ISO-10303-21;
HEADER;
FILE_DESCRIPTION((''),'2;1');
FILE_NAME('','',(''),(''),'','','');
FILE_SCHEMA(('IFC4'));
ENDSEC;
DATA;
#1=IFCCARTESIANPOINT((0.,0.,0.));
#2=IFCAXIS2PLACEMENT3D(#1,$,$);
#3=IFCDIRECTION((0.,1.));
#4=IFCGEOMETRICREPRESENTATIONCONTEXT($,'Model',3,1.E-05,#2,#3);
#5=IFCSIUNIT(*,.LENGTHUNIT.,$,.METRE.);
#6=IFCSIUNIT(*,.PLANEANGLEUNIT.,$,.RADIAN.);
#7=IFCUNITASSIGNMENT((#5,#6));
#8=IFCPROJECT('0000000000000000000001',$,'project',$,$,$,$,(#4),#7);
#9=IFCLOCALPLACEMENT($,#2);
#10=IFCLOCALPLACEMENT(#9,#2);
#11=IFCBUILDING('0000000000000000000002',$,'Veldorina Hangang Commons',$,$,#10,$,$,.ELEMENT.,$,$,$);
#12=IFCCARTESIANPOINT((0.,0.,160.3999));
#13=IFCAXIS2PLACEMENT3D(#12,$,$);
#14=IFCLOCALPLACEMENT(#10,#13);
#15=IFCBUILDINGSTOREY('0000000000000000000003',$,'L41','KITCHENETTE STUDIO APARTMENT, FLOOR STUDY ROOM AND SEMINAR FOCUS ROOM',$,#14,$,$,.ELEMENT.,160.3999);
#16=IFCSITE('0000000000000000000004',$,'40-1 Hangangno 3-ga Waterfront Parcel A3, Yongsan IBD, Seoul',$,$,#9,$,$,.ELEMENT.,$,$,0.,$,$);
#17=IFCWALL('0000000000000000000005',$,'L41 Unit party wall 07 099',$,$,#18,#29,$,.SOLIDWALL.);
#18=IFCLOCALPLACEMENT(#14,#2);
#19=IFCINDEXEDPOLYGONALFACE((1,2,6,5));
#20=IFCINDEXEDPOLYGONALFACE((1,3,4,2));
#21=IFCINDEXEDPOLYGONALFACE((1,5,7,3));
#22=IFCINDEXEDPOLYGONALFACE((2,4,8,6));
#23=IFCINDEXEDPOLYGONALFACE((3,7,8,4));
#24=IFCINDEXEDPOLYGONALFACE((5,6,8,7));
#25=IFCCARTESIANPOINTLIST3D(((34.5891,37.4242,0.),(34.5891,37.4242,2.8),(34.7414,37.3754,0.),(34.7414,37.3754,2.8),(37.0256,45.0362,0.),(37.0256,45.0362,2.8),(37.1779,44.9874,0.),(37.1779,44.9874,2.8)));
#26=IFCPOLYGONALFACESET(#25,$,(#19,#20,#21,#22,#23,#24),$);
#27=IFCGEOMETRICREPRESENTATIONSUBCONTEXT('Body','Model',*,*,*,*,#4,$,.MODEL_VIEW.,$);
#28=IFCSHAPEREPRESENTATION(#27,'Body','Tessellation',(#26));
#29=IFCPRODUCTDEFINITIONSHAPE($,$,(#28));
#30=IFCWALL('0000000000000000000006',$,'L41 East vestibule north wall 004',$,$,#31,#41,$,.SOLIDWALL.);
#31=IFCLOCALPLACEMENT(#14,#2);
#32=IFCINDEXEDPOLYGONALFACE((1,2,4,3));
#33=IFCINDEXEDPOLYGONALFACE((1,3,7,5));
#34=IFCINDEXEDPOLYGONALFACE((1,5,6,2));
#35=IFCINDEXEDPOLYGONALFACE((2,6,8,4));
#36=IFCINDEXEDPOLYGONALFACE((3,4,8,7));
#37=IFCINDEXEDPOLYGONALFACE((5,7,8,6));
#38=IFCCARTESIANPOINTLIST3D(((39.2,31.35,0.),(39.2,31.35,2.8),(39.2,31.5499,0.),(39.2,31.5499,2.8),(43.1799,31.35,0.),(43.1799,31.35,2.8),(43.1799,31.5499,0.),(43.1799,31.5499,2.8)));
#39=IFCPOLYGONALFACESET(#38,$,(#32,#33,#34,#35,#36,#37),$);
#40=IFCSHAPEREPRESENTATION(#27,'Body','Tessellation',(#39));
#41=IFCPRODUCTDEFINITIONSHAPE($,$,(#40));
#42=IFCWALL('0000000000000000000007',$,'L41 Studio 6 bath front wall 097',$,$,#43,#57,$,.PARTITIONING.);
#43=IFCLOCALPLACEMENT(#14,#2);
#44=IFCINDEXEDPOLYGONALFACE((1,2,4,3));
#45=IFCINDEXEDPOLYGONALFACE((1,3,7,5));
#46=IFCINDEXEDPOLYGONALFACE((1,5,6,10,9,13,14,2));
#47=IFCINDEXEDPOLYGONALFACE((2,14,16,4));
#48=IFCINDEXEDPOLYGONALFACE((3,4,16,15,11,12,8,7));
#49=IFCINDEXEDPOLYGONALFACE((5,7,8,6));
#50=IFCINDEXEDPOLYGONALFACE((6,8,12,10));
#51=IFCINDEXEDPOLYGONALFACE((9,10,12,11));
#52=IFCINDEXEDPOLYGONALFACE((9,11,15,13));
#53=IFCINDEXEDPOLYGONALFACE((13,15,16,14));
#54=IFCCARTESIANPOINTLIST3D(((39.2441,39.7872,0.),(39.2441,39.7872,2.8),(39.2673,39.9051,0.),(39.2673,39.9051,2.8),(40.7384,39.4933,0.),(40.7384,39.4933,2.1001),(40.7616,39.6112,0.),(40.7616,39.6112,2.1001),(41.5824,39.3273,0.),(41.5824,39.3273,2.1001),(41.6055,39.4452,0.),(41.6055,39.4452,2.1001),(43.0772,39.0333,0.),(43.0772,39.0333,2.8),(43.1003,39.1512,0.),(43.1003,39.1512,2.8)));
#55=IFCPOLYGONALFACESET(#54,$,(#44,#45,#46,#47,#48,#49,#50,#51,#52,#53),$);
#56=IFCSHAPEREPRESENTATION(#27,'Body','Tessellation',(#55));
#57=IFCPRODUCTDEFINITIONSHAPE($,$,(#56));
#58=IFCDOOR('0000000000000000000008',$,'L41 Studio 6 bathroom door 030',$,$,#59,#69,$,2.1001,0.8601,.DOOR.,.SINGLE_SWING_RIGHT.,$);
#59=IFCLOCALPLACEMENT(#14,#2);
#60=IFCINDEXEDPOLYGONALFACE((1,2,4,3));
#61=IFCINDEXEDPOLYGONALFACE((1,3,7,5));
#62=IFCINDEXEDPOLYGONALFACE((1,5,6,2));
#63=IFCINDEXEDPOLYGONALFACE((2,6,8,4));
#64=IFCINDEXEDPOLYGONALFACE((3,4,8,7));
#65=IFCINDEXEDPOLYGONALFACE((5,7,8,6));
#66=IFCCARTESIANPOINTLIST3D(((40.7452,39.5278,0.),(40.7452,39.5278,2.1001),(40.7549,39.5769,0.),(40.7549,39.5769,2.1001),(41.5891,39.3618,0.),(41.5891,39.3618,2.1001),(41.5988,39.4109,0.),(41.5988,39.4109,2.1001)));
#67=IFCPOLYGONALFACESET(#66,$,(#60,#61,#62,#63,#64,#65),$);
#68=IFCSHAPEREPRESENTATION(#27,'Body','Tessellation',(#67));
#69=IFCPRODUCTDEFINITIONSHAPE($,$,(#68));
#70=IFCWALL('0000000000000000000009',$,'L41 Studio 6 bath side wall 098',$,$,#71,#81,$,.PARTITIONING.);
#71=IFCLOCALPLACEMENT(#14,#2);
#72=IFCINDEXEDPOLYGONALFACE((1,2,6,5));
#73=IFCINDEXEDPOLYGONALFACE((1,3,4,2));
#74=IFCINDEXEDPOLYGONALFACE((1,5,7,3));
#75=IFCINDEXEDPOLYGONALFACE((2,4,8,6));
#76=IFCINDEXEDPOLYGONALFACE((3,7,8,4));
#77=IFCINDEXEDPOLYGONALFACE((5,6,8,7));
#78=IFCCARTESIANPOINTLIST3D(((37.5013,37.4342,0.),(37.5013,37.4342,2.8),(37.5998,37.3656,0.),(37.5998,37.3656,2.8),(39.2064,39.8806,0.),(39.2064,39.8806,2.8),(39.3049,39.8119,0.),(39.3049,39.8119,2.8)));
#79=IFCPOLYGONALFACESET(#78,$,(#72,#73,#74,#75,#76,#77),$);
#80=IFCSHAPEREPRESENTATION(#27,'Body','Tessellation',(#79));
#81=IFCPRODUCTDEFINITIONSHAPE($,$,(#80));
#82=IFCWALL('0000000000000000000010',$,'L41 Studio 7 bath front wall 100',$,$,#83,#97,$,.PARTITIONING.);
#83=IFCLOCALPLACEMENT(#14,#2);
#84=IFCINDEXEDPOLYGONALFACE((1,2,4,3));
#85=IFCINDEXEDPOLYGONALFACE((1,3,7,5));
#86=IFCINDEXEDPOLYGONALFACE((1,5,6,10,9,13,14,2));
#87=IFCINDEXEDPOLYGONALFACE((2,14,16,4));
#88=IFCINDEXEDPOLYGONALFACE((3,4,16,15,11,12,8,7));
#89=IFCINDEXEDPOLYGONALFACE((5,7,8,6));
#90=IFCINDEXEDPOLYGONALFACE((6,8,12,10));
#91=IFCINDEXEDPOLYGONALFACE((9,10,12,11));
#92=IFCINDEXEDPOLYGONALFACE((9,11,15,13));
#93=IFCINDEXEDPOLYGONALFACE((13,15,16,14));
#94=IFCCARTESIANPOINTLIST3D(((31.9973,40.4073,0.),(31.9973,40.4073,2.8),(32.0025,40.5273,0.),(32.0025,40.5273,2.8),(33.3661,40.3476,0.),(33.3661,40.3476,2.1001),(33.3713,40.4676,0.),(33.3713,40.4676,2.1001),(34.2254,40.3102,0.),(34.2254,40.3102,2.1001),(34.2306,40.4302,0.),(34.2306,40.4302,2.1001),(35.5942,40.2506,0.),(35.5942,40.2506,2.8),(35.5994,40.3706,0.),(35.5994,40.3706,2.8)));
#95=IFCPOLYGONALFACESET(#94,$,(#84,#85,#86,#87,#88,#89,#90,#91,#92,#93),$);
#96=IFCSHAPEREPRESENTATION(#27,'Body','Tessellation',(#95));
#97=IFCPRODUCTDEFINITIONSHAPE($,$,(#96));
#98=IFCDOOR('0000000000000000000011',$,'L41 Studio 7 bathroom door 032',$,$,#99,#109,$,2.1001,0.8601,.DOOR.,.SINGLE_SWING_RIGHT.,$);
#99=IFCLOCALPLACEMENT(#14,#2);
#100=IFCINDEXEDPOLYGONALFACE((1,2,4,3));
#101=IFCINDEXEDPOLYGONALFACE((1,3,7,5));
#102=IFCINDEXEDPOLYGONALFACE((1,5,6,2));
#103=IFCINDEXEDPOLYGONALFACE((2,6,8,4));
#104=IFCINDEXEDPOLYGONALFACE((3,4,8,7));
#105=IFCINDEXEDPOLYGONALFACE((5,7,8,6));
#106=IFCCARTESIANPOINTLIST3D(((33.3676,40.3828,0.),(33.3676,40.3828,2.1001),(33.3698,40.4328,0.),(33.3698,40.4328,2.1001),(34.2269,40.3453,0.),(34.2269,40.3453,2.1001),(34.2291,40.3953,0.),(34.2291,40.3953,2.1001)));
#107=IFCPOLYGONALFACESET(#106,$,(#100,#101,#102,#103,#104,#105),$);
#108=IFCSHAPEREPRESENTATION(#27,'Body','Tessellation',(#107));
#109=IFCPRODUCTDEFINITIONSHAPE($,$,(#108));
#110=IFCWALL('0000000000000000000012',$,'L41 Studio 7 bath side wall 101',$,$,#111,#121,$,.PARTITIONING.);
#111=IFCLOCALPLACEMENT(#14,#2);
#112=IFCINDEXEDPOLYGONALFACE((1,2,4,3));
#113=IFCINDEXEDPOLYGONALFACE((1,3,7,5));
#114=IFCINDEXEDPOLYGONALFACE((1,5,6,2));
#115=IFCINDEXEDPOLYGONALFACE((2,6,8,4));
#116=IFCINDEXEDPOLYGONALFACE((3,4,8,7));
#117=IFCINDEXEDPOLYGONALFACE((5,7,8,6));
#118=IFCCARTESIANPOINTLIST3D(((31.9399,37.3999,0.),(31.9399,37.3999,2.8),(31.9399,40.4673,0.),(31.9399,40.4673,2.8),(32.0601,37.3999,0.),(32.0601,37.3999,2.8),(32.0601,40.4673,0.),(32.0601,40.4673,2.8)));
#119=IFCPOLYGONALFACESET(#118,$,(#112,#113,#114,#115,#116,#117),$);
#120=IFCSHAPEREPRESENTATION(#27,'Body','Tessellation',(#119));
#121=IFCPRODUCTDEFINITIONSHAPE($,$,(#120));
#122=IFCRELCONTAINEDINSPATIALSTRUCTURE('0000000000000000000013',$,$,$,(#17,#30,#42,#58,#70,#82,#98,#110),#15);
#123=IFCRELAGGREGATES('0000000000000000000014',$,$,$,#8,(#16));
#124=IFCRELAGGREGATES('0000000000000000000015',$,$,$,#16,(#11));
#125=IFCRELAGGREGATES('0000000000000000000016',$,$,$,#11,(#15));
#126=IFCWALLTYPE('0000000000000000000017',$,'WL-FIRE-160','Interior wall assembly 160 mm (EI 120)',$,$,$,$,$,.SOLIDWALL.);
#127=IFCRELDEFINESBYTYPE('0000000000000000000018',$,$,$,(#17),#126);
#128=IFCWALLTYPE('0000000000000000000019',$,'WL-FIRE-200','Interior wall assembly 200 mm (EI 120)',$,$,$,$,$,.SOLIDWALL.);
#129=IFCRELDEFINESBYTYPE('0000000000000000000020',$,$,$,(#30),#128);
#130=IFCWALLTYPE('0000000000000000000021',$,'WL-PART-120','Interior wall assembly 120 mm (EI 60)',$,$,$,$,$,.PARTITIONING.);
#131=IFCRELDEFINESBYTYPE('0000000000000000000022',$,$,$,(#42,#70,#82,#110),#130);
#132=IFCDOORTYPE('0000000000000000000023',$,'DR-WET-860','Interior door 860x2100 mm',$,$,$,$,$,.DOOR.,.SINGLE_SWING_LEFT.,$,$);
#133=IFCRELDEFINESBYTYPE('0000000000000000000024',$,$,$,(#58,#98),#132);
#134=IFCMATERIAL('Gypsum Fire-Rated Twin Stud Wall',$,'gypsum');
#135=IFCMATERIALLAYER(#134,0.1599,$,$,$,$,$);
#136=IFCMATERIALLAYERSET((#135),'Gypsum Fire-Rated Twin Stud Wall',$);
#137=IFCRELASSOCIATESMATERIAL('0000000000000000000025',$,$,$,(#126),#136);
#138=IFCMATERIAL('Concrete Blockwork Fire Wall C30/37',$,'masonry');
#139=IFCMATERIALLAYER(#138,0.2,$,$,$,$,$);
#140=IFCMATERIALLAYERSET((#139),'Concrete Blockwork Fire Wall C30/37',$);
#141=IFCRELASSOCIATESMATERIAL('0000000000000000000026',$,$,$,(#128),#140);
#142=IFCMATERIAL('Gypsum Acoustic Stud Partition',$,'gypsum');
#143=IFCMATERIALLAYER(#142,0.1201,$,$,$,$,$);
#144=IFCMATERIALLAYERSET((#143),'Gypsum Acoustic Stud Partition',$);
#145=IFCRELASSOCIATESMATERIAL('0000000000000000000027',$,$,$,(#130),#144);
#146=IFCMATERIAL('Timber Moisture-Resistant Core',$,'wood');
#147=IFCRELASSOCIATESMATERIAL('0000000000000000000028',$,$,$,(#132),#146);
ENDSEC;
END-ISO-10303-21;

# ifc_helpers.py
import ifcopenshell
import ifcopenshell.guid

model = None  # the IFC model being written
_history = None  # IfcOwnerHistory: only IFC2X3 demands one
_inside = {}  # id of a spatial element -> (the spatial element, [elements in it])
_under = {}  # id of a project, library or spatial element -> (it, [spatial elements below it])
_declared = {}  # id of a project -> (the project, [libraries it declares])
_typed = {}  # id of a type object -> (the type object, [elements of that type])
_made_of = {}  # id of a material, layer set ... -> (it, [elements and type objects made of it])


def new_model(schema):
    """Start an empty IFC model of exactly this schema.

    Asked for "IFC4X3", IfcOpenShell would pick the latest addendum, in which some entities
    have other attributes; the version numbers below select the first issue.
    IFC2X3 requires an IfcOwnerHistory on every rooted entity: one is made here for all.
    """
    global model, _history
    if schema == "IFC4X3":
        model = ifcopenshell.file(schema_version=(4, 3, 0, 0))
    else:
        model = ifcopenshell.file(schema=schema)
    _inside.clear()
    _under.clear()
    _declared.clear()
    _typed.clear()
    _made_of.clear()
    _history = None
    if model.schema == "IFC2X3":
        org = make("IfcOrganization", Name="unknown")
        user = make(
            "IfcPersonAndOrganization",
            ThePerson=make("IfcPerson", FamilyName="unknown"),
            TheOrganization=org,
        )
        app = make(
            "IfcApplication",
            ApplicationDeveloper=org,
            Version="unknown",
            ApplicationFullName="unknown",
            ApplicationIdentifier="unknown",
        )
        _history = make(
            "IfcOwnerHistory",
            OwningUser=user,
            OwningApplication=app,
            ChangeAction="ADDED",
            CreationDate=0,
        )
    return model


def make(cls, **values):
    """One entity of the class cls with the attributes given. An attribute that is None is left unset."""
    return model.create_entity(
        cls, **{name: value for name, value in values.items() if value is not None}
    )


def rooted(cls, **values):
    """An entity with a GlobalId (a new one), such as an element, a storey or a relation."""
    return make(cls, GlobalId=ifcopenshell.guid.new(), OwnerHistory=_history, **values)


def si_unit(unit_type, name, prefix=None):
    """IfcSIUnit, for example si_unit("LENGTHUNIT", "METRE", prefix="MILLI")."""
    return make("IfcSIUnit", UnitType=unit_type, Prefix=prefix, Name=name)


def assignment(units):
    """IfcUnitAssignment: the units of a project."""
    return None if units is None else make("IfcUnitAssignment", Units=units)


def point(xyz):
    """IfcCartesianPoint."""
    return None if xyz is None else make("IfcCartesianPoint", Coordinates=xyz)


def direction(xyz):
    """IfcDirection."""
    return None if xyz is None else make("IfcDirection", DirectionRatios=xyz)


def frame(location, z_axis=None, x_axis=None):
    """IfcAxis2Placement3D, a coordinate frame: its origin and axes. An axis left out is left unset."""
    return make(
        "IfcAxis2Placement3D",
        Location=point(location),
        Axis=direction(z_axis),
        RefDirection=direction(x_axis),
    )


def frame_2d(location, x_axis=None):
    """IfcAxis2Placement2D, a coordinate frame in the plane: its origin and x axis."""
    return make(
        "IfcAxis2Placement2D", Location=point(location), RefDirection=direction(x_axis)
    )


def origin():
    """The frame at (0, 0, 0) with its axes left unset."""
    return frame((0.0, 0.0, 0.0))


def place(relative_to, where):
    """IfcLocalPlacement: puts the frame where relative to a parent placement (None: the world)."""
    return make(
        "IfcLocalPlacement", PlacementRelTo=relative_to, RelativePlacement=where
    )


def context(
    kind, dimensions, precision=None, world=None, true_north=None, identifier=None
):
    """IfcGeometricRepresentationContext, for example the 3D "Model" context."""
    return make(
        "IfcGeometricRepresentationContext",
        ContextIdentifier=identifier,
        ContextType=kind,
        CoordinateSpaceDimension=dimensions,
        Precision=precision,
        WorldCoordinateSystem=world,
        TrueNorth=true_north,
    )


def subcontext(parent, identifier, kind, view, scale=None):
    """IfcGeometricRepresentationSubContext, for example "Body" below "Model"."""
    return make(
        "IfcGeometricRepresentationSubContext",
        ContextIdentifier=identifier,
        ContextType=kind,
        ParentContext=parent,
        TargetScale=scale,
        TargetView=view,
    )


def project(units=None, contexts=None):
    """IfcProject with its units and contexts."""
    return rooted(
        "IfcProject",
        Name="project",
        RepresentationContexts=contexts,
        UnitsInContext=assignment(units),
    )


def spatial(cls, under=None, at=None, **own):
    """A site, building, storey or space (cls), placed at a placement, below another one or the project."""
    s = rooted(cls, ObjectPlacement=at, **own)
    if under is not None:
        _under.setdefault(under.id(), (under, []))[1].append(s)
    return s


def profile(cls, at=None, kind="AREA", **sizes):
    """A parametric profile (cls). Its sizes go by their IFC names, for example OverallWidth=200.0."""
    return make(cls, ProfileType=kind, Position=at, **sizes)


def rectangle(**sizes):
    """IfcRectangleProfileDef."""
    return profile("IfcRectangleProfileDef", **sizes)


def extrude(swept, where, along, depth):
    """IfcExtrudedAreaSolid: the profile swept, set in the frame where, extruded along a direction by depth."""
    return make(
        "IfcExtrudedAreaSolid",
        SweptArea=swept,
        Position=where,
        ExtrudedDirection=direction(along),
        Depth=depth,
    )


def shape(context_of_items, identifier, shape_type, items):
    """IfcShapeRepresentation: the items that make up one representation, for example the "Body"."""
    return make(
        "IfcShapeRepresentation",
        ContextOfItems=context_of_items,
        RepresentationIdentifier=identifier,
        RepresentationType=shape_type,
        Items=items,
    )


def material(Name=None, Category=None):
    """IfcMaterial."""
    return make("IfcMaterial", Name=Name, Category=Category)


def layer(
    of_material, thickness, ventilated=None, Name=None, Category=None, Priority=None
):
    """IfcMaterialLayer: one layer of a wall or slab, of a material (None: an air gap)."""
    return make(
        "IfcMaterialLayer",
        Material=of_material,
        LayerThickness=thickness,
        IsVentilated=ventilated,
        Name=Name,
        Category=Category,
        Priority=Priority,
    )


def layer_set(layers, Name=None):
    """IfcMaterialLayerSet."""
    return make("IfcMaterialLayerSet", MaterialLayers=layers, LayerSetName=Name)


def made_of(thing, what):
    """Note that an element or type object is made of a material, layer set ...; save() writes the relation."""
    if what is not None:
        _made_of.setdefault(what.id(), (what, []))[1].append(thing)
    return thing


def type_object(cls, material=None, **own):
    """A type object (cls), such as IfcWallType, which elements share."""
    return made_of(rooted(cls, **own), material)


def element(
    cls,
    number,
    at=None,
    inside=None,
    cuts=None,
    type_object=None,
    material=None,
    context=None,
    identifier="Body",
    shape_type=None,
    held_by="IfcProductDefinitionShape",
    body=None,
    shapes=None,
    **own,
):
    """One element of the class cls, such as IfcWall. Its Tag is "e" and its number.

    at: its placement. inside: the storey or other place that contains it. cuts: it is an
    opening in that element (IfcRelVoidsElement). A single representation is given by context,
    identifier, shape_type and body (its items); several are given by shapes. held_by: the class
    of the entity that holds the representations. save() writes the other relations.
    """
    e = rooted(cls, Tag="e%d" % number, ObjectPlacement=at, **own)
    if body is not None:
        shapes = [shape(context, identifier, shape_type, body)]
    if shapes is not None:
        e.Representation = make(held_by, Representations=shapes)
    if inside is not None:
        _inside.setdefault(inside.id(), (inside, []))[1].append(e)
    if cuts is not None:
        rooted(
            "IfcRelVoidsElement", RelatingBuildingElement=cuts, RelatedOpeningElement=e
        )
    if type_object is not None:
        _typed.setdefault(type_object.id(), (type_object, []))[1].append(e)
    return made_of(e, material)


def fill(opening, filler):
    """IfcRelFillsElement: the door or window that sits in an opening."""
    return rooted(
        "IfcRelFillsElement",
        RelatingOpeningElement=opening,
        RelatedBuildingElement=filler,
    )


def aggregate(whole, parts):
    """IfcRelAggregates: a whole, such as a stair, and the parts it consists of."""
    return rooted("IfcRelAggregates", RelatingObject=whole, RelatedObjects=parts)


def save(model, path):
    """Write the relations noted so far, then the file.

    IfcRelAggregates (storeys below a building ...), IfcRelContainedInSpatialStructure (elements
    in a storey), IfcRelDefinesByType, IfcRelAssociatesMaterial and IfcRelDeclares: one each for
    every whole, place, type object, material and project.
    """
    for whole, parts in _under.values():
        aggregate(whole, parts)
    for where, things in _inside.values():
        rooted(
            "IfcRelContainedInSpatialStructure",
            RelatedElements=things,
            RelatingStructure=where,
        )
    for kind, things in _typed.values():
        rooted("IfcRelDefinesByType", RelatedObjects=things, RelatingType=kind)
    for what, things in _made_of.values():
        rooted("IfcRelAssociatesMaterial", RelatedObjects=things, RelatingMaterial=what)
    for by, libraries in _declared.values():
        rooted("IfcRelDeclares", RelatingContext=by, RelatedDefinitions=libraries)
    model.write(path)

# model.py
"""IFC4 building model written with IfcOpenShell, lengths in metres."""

from ifc_helpers import new_model, si_unit, direction, frame, frame_2d, origin, place, context, subcontext, project, spatial, rectangle, extrude, material, layer, layer_set, type_object, element, fill, save


model = new_model("IFC4")

# Units and contexts
model_context = context("Model", 3, precision=1e-05, world=origin(), true_north=direction((0.0, 1.0)))
body_context = subcontext(model_context, "Body", "Model", "MODEL_VIEW")
ifc_project = project(units=[si_unit("LENGTHUNIT", "METRE"), si_unit("PLANEANGLEUNIT", "RADIAN")], contexts=[model_context])

# Site, building, storey
site_placement = place(None, origin())
site = spatial("IfcSite", under=ifc_project, at=site_placement, Name="40-1 Hangangno 3-ga Waterfront Parcel A3, Yongsan IBD, Seoul", CompositionType="ELEMENT", RefElevation=0.0)
building_placement = place(site_placement, origin())
building = spatial("IfcBuilding", under=site, at=building_placement, Name="Veldorina Hangang Commons", CompositionType="ELEMENT")
storey_placement = place(building_placement, frame((0.0, 0.0, 160.3999)))
storey = spatial("IfcBuildingStorey", under=building, at=storey_placement, Name="L41", Description="KITCHENETTE STUDIO APARTMENT, FLOOR STUDY ROOM AND SEMINAR FOCUS ROOM", CompositionType="ELEMENT", Elevation=160.3999)

# Shared definitions
ifc_material_1 = material(Name="Gypsum Fire-Rated Twin Stud Wall", Category="gypsum")
ifc_layer_1 = layer(ifc_material_1, 0.1599)
ifc_layer_set_1 = layer_set([ifc_layer_1], Name="Gypsum Fire-Rated Twin Stud Wall")
wall_type_1 = type_object("IfcWallType", Name="WL-FIRE-160", Description="Interior wall assembly 160 mm (EI 120)", PredefinedType="SOLIDWALL", material=ifc_layer_set_1)

# Walls
wall_1_placement = place(storey_placement, frame((34.6653, 37.3999, 0.0), z_axis=(0.0, 0.0, 1.0), x_axis=(0.304851, 0.9524, 0.0)))
element("IfcWall", 1, at=wall_1_placement, inside=storey, type_object=wall_type_1, Name="L41 Unit party wall 07 099", PredefinedType="SOLIDWALL", context=body_context, shape_type="SweptSolid", body=[
    extrude(rectangle(XDim=7.9924, YDim=0.1599, at=frame_2d((3.9961, 0.0))), origin(), (0.0, 0.0, 1.0), 2.8),
])
ifc_material_2 = material(Name="Concrete Blockwork Fire Wall C30/37", Category="masonry")
ifc_layer_2 = layer(ifc_material_2, 0.2)
ifc_layer_set_2 = layer_set([ifc_layer_2], Name="Concrete Blockwork Fire Wall C30/37")
wall_type_2 = type_object("IfcWallType", Name="WL-FIRE-200", Description="Interior wall assembly 200 mm (EI 120)", PredefinedType="SOLIDWALL", material=ifc_layer_set_2)
wall_2_placement = place(storey_placement, frame((39.2, 31.45, 0.0), z_axis=(0.0, 0.0, 1.0), x_axis=(1.0, 0.0, 0.0)))
element("IfcWall", 2, at=wall_2_placement, inside=storey, type_object=wall_type_2, Name="L41 East vestibule north wall 004", PredefinedType="SOLIDWALL", context=body_context, shape_type="SweptSolid", body=[
    extrude(rectangle(XDim=3.98, YDim=0.2, at=frame_2d((1.99, 0.0))), origin(), (0.0, 0.0, 1.0), 2.8),
])

# Wall, opening, door
ifc_material_3 = material(Name="Gypsum Acoustic Stud Partition", Category="gypsum")
ifc_layer_3 = layer(ifc_material_3, 0.1201)
ifc_layer_set_3 = layer_set([ifc_layer_3], Name="Gypsum Acoustic Stud Partition")
wall_type_3 = type_object("IfcWallType", Name="WL-PART-120", Description="Interior wall assembly 120 mm (EI 60)", PredefinedType="PARTITIONING", material=ifc_layer_set_3)
wall_3_placement = place(storey_placement, frame((43.0886, 39.0923, 0.0), z_axis=(0.0, 0.0, 1.0), x_axis=(-0.981201, 0.19299, 0.0)))
wall_3 = element("IfcWall", 3, at=wall_3_placement, inside=storey, type_object=wall_type_3, Name="L41 Studio 6 bath front wall 097", PredefinedType="PARTITIONING", context=body_context, shape_type="SweptSolid", body=[
    extrude(rectangle(XDim=3.9065, YDim=0.1201, at=frame_2d((1.9531, 0.0))), origin(), (0.0, 0.0, 1.0), 2.8),
])
opening_1_placement = place(wall_3_placement, frame((1.5232, 0.0, 0.0)))
opening_1 = element("IfcOpeningElement", 4, at=opening_1_placement, cuts=wall_3, PredefinedType="OPENING", context=body_context, shape_type="SweptSolid", body=[
    extrude(rectangle(XDim=0.8601, YDim=2.1001, at=frame_2d((0.4302, 1.05))), frame((0.0, 0.0701, 0.0), z_axis=(0.0, -1.0, 0.0), x_axis=(1.0, 0.0, 0.0)), (0.0, 0.0, 1.0), 0.1401),
])
ifc_material_4 = material(Name="Timber Moisture-Resistant Core", Category="wood")
door_type_1 = type_object("IfcDoorType", Name="DR-WET-860", Description="Interior door 860x2100 mm", OperationType="SINGLE_SWING_LEFT", PredefinedType="DOOR", material=ifc_material_4)
door_1_placement = place(opening_1_placement, origin())
door_1 = element("IfcDoor", 5, at=door_1_placement, inside=storey, type_object=door_type_1, Name="L41 Studio 6 bathroom door 030", OperationType="SINGLE_SWING_RIGHT", OverallHeight=2.1001, OverallWidth=0.8601, PredefinedType="DOOR", context=body_context, shape_type="SweptSolid", body=[
    extrude(rectangle(XDim=0.8601, YDim=2.1001, at=frame_2d((0.4302, 1.05))), frame((0.0, 0.0249, 0.0), z_axis=(0.0, -1.0, 0.0), x_axis=(1.0, 0.0, 0.0)), (0.0, 0.0, 1.0), 0.05),
])
fill(opening_1, door_1)

# Wall
wall_4_placement = place(storey_placement, frame((37.5505, 37.3999, 0.0), z_axis=(0.0, 0.0, 1.0), x_axis=(0.571813, 0.820384, 0.0)))
element("IfcWall", 6, at=wall_4_placement, inside=storey, type_object=wall_type_3, Name="L41 Studio 6 bath side wall 098", PredefinedType="PARTITIONING", context=body_context, shape_type="SweptSolid", body=[
    extrude(rectangle(XDim=2.9819, YDim=0.1201, at=frame_2d((1.491, 0.0))), origin(), (0.0, 0.0, 1.0), 2.8),
])

# Wall, opening, door
wall_5_placement = place(storey_placement, frame((35.5969, 40.3105, 0.0), z_axis=(0.0, 0.0, 1.0), x_axis=(-0.999052, 0.043534, 0.0)))
wall_5 = element("IfcWall", 7, at=wall_5_placement, inside=storey, type_object=wall_type_3, Name="L41 Studio 7 bath front wall 100", PredefinedType="PARTITIONING", context=body_context, shape_type="SweptSolid", body=[
    extrude(rectangle(XDim=3.6003, YDim=0.1201, at=frame_2d((1.8003, 0.0))), origin(), (0.0, 0.0, 1.0), 2.8),
])
opening_2_placement = place(wall_5_placement, frame((1.3701, 0.0, 0.0)))
opening_2 = element("IfcOpeningElement", 8, at=opening_2_placement, cuts=wall_5, PredefinedType="OPENING", context=body_context, shape_type="SweptSolid", body=[
    extrude(rectangle(XDim=0.8601, YDim=2.1001, at=frame_2d((0.4302, 1.05))), frame((0.0, 0.0701, 0.0), z_axis=(0.0, -1.0, 0.0), x_axis=(1.0, 0.0, 0.0)), (0.0, 0.0, 1.0), 0.1401),
])
door_2_placement = place(opening_2_placement, origin())
door_2 = element("IfcDoor", 9, at=door_2_placement, inside=storey, type_object=door_type_1, Name="L41 Studio 7 bathroom door 032", OperationType="SINGLE_SWING_RIGHT", OverallHeight=2.1001, OverallWidth=0.8601, PredefinedType="DOOR", context=body_context, shape_type="SweptSolid", body=[
    extrude(rectangle(XDim=0.8601, YDim=2.1001, at=frame_2d((0.4302, 1.05))), frame((0.0, 0.0249, 0.0), z_axis=(0.0, -1.0, 0.0), x_axis=(1.0, 0.0, 0.0)), (0.0, 0.0, 1.0), 0.05),
])
fill(opening_2, door_2)

# Wall
wall_6_placement = place(storey_placement, frame((32.0, 37.3999, 0.0), z_axis=(0.0, 0.0, 1.0), x_axis=(0.0, 1.0, 0.0)))
element("IfcWall", 10, at=wall_6_placement, inside=storey, type_object=wall_type_3, Name="L41 Studio 7 bath side wall 101", PredefinedType="PARTITIONING", context=body_context, shape_type="SweptSolid", body=[
    extrude(rectangle(XDim=3.0674, YDim=0.1201, at=frame_2d((1.5337, 0.0))), origin(), (0.0, 0.0, 1.0), 2.8),
])

save(model, "model.ifc")
